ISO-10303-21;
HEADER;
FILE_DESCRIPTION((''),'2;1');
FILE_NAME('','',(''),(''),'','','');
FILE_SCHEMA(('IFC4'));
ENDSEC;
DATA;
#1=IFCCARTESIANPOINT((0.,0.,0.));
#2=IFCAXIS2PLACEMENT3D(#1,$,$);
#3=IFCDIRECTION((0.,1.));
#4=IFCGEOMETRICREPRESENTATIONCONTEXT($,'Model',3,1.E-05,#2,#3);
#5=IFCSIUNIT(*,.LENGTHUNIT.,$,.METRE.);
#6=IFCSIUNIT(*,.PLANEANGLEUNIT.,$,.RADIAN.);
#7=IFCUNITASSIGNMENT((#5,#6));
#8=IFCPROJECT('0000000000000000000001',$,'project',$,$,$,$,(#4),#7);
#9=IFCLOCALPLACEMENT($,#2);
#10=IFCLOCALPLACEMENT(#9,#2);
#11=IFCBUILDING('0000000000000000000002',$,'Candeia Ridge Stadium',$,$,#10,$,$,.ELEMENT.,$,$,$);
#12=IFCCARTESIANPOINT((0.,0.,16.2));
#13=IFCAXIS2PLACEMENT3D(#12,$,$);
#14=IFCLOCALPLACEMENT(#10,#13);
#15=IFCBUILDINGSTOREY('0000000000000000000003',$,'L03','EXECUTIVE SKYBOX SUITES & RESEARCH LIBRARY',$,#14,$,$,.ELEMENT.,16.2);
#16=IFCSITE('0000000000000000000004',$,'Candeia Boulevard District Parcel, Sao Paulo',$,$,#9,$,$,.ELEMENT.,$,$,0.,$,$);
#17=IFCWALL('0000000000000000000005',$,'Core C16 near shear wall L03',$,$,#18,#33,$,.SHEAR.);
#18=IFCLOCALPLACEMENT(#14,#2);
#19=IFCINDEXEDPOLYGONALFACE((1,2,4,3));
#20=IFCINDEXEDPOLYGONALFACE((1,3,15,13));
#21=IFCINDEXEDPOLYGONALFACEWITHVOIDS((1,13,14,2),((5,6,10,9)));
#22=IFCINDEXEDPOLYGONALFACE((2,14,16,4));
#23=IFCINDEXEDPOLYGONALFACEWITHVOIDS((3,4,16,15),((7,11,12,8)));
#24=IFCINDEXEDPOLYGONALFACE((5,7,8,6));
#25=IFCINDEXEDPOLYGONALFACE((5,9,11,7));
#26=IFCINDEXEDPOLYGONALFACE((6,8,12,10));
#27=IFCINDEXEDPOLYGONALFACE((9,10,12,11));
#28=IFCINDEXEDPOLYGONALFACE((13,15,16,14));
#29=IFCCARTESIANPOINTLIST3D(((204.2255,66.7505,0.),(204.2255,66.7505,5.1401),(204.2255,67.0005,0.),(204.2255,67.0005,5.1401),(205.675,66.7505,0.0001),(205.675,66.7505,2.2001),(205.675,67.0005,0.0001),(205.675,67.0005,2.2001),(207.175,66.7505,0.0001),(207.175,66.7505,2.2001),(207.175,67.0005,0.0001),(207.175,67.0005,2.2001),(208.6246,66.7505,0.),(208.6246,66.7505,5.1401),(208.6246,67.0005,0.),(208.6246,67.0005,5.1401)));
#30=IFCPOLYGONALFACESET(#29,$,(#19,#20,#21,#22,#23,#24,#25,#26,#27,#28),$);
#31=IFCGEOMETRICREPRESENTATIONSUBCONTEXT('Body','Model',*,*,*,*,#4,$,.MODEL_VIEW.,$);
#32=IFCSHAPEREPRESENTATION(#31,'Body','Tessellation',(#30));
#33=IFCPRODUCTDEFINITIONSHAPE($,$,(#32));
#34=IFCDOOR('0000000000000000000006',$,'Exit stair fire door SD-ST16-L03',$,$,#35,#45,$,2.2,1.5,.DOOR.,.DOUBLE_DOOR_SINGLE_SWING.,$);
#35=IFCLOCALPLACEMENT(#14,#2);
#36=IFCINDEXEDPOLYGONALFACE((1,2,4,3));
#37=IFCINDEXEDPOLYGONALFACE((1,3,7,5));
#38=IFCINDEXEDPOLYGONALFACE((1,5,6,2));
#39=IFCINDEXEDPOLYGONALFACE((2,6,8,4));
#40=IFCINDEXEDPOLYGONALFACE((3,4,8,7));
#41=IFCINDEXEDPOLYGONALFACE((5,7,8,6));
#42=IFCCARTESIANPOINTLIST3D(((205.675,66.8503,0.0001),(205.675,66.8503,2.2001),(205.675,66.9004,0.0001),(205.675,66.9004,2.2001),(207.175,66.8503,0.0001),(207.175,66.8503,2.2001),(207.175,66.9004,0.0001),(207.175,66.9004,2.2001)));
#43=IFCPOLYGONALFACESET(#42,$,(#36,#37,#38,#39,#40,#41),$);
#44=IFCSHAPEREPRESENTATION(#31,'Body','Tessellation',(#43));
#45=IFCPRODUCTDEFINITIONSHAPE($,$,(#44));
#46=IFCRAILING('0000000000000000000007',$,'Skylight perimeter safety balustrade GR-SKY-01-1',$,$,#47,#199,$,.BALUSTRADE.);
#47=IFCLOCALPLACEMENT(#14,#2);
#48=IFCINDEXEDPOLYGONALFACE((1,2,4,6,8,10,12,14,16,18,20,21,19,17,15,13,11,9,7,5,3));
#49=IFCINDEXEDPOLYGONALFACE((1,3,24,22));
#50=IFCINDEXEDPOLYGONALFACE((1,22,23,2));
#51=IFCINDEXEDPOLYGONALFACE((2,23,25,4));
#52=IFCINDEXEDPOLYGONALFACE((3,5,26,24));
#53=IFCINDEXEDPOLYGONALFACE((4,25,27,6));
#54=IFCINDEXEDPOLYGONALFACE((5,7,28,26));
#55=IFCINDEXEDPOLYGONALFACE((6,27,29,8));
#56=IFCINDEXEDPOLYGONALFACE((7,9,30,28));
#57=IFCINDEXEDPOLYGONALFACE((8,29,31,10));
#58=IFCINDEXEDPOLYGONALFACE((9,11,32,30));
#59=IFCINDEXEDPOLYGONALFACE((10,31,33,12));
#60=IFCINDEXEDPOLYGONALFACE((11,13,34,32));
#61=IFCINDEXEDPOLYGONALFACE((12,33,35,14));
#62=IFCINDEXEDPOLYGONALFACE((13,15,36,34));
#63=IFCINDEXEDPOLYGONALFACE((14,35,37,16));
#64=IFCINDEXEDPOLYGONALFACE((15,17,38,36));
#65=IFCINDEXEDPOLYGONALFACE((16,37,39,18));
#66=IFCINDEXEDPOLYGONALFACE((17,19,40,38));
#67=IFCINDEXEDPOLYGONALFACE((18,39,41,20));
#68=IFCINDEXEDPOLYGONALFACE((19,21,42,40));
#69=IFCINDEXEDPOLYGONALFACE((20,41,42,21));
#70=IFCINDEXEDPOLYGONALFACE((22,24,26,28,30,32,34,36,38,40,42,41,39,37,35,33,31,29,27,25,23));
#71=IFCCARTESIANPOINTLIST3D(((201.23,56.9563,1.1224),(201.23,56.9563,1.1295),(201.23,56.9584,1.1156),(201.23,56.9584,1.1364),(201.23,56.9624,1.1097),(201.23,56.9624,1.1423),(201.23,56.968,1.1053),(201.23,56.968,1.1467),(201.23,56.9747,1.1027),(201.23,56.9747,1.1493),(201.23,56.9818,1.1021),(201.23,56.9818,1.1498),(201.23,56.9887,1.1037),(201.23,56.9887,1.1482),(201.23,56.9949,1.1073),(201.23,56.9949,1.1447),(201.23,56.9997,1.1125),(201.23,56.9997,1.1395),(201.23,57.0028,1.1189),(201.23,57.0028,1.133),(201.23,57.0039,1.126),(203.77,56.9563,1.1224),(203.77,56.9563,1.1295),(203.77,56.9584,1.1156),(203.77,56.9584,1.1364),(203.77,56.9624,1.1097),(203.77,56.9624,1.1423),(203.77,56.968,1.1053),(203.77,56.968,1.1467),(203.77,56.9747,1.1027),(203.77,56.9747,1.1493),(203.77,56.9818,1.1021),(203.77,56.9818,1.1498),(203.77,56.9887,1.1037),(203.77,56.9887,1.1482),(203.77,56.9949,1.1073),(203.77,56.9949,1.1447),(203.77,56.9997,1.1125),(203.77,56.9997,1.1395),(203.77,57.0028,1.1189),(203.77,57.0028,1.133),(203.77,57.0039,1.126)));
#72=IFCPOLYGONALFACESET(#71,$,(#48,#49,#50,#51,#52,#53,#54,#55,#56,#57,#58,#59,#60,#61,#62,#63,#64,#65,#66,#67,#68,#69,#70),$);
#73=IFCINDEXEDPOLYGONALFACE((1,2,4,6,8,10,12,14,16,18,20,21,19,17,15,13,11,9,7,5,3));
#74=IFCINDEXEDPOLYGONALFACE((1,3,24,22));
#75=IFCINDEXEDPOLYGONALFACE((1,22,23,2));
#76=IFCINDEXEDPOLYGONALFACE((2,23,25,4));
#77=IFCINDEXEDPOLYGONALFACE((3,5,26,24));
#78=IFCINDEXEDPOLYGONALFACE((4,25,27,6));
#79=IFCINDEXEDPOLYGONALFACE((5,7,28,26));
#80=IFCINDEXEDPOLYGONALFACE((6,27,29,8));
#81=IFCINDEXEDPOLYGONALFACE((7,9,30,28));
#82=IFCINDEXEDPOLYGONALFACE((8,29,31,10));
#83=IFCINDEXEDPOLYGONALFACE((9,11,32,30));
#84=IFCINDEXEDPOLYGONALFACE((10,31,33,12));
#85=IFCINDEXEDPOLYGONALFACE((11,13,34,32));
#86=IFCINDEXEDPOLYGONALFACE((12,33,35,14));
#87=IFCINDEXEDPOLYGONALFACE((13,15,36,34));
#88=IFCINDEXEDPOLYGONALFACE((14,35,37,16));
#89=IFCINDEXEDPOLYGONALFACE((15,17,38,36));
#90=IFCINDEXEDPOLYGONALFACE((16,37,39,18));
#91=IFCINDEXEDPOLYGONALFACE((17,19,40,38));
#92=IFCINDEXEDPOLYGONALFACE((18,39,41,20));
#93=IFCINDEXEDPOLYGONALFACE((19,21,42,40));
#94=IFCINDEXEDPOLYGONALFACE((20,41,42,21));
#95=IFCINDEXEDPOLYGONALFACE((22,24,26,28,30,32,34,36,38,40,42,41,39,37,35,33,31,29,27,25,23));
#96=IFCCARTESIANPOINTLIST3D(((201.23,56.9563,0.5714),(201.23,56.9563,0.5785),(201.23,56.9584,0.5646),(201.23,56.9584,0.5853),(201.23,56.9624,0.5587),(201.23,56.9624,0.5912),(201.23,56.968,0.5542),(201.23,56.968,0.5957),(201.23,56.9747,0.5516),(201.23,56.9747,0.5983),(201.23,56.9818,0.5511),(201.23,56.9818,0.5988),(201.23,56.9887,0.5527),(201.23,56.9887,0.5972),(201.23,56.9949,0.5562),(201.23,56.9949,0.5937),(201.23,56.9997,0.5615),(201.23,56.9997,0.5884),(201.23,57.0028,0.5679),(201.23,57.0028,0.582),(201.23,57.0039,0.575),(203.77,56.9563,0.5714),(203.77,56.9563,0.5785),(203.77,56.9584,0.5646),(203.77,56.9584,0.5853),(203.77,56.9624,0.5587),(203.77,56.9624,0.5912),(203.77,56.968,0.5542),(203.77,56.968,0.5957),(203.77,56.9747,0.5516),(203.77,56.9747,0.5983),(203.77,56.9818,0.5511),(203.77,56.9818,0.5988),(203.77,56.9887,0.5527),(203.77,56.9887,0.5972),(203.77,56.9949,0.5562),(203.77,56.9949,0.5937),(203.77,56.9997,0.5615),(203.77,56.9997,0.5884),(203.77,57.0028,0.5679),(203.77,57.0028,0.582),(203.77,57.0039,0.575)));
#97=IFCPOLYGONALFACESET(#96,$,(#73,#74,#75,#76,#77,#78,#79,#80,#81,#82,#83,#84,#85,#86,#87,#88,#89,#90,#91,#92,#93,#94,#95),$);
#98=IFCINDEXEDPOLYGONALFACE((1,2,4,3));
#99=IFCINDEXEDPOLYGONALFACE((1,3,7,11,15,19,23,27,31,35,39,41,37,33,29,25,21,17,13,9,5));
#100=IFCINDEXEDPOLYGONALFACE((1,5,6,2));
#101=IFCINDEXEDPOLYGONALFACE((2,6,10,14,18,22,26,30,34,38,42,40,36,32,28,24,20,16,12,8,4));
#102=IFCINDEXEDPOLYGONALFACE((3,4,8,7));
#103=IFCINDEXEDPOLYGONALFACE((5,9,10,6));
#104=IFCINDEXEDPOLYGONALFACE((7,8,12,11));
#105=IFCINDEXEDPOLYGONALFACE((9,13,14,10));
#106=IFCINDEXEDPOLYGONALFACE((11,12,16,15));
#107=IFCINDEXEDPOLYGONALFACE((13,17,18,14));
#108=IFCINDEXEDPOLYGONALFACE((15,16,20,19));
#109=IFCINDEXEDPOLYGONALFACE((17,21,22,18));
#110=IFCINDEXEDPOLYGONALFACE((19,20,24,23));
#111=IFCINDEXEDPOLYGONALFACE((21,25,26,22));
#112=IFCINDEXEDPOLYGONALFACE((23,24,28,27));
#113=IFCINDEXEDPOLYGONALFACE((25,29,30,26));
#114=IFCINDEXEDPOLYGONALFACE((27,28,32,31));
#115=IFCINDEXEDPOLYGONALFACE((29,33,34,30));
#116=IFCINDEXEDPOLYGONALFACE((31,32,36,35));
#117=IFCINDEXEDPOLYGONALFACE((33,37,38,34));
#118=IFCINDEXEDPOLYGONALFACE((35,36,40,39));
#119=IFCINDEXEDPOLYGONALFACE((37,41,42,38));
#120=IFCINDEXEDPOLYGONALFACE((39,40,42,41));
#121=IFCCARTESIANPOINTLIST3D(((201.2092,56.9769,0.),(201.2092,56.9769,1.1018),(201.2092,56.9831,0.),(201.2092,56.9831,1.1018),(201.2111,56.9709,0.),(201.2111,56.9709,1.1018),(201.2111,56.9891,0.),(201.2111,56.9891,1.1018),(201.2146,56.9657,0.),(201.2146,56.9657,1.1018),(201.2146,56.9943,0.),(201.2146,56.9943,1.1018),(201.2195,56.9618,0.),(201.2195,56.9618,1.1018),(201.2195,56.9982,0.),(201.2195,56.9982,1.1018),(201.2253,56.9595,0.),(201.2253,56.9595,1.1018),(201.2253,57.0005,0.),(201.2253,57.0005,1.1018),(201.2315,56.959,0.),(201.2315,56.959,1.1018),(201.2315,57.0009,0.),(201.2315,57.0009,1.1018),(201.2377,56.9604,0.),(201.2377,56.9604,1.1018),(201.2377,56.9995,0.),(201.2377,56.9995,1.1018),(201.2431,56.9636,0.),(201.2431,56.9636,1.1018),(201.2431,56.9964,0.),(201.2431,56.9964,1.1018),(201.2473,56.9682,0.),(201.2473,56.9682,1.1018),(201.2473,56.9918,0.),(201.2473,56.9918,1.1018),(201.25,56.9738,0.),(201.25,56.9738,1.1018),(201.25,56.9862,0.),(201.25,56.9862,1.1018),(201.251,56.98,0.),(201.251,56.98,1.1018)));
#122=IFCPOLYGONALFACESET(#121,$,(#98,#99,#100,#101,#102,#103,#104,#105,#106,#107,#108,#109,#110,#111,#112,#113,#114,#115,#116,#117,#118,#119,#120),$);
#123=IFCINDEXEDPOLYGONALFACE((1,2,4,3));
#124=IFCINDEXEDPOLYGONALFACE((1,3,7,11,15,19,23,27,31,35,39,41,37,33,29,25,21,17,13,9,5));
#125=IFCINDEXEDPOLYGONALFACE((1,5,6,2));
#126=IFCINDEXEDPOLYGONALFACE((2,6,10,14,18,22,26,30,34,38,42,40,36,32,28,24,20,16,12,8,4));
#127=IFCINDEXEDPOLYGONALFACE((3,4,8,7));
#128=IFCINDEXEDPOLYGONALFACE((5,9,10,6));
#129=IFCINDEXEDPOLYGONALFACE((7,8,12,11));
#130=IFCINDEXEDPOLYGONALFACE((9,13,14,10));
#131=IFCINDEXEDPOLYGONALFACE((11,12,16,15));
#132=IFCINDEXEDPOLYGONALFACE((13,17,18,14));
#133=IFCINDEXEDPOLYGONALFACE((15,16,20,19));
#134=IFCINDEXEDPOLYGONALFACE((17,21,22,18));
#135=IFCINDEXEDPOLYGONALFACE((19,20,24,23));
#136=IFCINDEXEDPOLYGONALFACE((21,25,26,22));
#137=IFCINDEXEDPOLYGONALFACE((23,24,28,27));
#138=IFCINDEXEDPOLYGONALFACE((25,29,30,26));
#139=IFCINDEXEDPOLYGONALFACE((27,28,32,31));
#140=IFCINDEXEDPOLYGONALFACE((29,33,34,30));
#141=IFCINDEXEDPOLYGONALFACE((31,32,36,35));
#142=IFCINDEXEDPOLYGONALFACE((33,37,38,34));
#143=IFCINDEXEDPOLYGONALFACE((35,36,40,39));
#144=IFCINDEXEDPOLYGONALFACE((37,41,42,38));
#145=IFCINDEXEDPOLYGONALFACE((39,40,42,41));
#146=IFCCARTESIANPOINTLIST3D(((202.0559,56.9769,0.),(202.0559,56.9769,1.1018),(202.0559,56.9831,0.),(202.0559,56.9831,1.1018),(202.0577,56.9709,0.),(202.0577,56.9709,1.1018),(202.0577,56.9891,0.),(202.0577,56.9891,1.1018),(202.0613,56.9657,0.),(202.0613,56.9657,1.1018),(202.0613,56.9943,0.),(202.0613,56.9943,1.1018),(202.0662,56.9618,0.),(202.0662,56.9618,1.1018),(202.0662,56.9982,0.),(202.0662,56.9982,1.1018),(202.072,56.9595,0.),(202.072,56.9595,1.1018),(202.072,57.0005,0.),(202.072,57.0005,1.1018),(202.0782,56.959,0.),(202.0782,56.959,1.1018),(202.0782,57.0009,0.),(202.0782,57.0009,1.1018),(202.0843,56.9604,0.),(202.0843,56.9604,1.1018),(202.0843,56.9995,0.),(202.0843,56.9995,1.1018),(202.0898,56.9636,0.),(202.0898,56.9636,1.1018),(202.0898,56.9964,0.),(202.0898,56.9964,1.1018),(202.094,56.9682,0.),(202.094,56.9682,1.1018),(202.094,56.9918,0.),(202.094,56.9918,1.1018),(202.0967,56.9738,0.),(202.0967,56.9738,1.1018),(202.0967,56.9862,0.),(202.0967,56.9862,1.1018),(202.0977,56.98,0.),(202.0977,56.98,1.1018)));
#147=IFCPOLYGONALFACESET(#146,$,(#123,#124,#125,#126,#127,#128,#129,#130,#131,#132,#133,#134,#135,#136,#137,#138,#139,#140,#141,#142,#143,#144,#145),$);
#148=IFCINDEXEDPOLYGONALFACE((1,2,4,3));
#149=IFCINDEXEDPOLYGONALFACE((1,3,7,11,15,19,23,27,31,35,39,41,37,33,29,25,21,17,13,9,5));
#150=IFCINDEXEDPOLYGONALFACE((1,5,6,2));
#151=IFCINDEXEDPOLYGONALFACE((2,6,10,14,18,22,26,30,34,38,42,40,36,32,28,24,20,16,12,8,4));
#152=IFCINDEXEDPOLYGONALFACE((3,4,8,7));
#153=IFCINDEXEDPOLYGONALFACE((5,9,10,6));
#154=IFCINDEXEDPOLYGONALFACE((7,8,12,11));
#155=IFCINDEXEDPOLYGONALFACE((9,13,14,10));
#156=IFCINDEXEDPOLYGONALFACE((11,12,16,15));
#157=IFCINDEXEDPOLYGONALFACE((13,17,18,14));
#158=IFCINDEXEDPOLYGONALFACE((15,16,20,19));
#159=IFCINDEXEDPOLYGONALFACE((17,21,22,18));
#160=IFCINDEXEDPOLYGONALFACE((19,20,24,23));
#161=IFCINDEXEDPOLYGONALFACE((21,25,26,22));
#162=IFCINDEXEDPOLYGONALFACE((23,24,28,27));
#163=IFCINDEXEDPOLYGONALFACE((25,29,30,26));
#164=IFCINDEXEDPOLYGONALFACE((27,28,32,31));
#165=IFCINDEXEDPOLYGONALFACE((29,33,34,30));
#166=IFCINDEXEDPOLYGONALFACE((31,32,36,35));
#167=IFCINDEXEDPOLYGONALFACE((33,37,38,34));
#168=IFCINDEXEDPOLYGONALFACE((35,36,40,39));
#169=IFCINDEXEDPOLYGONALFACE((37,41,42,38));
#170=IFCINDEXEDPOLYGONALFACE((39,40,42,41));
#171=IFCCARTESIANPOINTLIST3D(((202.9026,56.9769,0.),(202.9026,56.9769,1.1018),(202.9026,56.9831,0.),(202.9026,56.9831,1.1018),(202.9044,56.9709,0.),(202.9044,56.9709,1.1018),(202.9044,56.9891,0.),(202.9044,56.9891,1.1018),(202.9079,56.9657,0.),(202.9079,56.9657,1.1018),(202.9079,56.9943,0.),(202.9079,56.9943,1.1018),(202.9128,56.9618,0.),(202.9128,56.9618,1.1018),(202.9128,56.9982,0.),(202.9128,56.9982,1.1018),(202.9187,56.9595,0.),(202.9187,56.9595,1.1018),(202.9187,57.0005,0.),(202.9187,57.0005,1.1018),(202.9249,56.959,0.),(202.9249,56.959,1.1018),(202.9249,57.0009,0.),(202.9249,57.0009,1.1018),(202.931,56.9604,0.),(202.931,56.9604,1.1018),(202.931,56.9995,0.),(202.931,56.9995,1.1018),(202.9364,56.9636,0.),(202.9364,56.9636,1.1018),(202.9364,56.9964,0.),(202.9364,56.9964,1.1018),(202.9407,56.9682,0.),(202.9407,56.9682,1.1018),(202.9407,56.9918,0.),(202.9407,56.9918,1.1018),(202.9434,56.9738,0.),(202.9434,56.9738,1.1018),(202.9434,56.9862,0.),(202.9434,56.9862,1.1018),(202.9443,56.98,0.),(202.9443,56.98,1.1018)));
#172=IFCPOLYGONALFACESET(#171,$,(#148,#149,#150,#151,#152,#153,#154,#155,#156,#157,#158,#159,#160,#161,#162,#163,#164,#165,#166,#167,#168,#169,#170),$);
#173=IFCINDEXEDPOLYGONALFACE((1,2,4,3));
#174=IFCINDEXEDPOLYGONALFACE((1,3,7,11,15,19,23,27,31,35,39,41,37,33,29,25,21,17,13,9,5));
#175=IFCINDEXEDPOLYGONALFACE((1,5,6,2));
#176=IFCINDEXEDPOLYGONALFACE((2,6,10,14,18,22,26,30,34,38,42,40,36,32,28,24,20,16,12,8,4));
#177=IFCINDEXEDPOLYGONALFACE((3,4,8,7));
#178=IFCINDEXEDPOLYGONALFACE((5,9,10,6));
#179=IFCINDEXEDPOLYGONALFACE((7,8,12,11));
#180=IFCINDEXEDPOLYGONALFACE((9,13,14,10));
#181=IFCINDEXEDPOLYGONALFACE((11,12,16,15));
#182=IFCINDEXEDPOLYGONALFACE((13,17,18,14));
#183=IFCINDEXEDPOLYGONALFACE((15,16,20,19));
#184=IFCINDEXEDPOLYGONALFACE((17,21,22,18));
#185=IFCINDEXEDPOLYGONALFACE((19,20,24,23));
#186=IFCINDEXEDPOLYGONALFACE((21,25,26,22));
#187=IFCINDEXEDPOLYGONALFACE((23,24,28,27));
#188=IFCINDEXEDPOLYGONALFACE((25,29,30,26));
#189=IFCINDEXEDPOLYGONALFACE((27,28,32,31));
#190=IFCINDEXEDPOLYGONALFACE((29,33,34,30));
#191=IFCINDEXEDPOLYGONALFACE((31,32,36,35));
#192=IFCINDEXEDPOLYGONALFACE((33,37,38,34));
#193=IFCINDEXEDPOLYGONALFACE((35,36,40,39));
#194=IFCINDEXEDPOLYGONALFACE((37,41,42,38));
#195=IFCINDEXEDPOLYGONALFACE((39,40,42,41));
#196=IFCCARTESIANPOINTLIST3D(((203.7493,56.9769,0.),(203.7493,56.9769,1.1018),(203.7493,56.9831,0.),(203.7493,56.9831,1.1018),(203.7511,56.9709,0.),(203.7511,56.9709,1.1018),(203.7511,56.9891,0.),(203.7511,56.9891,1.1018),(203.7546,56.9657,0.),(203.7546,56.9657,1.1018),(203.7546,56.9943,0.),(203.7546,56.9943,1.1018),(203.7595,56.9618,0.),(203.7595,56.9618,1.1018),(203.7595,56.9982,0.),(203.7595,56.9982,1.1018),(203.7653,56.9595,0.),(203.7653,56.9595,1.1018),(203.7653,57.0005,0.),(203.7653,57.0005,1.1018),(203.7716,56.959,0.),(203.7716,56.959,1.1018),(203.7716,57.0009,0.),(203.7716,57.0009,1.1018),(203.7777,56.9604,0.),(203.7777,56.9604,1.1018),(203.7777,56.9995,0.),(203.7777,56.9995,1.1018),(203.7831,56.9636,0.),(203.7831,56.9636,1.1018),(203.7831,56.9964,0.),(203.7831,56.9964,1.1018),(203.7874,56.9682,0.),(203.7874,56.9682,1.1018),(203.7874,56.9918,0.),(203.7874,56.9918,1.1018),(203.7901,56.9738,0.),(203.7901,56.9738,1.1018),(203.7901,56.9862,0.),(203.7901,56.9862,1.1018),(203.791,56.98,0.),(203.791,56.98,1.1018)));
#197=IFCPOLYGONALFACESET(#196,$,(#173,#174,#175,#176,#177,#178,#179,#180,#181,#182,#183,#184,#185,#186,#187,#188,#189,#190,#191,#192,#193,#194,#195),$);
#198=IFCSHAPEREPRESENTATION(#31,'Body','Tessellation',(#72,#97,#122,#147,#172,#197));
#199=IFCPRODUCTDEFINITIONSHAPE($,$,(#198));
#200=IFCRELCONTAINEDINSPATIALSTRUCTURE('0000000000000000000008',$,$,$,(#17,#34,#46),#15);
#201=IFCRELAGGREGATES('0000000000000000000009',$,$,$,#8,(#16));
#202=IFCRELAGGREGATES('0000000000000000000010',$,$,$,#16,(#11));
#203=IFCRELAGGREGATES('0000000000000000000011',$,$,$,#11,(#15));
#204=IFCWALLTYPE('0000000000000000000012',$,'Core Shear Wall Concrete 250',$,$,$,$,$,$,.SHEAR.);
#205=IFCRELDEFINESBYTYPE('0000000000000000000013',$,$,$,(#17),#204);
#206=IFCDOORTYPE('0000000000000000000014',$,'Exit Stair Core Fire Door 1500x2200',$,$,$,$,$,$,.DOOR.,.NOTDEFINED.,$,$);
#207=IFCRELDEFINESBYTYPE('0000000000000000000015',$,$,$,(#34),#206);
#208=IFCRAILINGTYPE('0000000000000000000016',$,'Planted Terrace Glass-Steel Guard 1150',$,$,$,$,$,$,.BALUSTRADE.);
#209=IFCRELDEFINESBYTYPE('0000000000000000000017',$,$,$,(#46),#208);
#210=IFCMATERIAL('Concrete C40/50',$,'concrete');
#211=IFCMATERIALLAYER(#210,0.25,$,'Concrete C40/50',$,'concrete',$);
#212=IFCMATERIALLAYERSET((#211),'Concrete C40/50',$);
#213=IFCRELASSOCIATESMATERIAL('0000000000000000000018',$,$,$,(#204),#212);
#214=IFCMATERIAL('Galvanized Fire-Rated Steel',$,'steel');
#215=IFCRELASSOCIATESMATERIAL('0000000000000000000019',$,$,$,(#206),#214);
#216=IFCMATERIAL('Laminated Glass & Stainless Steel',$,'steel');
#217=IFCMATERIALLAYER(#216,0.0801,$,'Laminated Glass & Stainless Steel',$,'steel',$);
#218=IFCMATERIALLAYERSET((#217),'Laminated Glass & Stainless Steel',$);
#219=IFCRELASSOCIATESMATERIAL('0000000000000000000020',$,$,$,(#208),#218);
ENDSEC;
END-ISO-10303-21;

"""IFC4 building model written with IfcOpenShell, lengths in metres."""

from ifc_helpers import new_model, si_unit, direction, frame, frame_2d, origin, origin_2d, place, context, subcontext, project, spatial, rectangle, circle, extrude, material, layer, layer_set, type_object, element, fill, save


model = new_model("IFC4")

# Units and contexts
model_context = context("Model", 3, precision=1e-05, world=origin(), true_north=direction((0.0, 1.0)))
body_context = subcontext(model_context, "Body", "Model", "MODEL_VIEW")
ifc_project = project(units=[si_unit("LENGTHUNIT", "METRE"), si_unit("PLANEANGLEUNIT", "RADIAN")], contexts=[model_context])

# Site, building, storey
site_placement = place(None, origin())
site = spatial("IfcSite", under=ifc_project, at=site_placement, Name="Candeia Boulevard District Parcel, Sao Paulo", CompositionType="ELEMENT", RefElevation=0.0)
building_placement = place(site_placement, origin())
building = spatial("IfcBuilding", under=site, at=building_placement, Name="Candeia Ridge Stadium", CompositionType="ELEMENT")
storey_placement = place(building_placement, frame((0.0, 0.0, 16.2)))
storey = spatial("IfcBuildingStorey", under=building, at=storey_placement, Name="L03", Description="EXECUTIVE SKYBOX SUITES & RESEARCH LIBRARY", CompositionType="ELEMENT", Elevation=16.2)

# Shared definitions
ifc_material_1 = material(Name="Concrete C40/50", Category="concrete")

# Wall, opening, door
ifc_layer_1 = layer(ifc_material_1, 0.25, Name="Concrete C40/50", Category="concrete")
ifc_layer_set_1 = layer_set([ifc_layer_1], Name="Concrete C40/50")
wall_type = type_object("IfcWallType", Name="Core Shear Wall Concrete 250", PredefinedType="SHEAR", material=ifc_layer_set_1)
wall_placement = place(storey_placement, frame((204.2253, 66.8755, 0.0), z_axis=(0.0, 0.0, 1.0), x_axis=(1.0, 0.0, 0.0)))
wall = element("IfcWall", 1, at=wall_placement, inside=storey, type_object=wall_type, Name="Core C16 near shear wall L03", PredefinedType="SHEAR", context=body_context, shape_type="SweptSolid", body=[
    extrude(rectangle(XDim=4.3992, YDim=0.25, at=frame_2d((2.1997, 0.0))), origin(), (0.0, 0.0, 1.0), 5.1401),
])
opening_placement = place(wall_placement, frame((1.4497, 0.0, 0.0)))
opening = element("IfcOpeningElement", 2, at=opening_placement, cuts=wall, PredefinedType="OPENING", context=body_context, shape_type="SweptSolid", body=[
    extrude(rectangle(XDim=1.5, YDim=2.2, at=frame_2d((0.75, 1.1001))), frame((0.0, 0.135, 0.0), z_axis=(0.0, -1.0, 0.0), x_axis=(1.0, 0.0, 0.0)), (0.0, 0.0, 1.0), 0.27),
])
ifc_material_2 = material(Name="Galvanized Fire-Rated Steel", Category="steel")
door_type = type_object("IfcDoorType", Name="Exit Stair Core Fire Door 1500x2200", OperationType="NOTDEFINED", PredefinedType="DOOR", material=ifc_material_2)
door_placement = place(opening_placement, origin())
door = element("IfcDoor", 3, at=door_placement, inside=storey, type_object=door_type, Name="Exit stair fire door SD-ST16-L03", OperationType="DOUBLE_DOOR_SINGLE_SWING", OverallHeight=2.2, OverallWidth=1.5, PredefinedType="DOOR", context=body_context, shape_type="SweptSolid", body=[
    extrude(rectangle(XDim=1.5, YDim=2.2, at=frame_2d((0.75, 1.1001))), frame((0.0, 0.0249, 0.0), z_axis=(0.0, -1.0, 0.0), x_axis=(1.0, 0.0, 0.0)), (0.0, 0.0, 1.0), 0.05),
])
fill(opening, door)

# Railing
ifc_material_3 = material(Name="Laminated Glass & Stainless Steel", Category="steel")
ifc_layer_2 = layer(ifc_material_3, 0.0801, Name="Laminated Glass & Stainless Steel", Category="steel")
ifc_layer_set_2 = layer_set([ifc_layer_2], Name="Laminated Glass & Stainless Steel")
railing_type = type_object("IfcRailingType", Name="Planted Terrace Glass-Steel Guard 1150", PredefinedType="BALUSTRADE", material=ifc_layer_set_2)
railing_1_placement = place(storey_placement, frame((201.23, 56.98, 0.0)))
element("IfcRailing", 4, at=railing_1_placement, inside=storey, type_object=railing_type, Name="Skylight perimeter safety balustrade GR-SKY-01-1", PredefinedType="BALUSTRADE", context=body_context, shape_type="SweptSolid", body=[
    extrude(circle(Radius=0.0239, at=origin_2d()), frame((0.0, 0.0, 1.126), z_axis=(1.0, 0.0, 0.0), x_axis=(0.0, 1.0, 0.0)), (0.0, 0.0, 1.0), 2.54),
    extrude(circle(Radius=0.0239, at=origin_2d()), frame((0.0, 0.0, 0.575), z_axis=(1.0, 0.0, 0.0), x_axis=(0.0, 1.0, 0.0)), (0.0, 0.0, 1.0), 2.54),
    extrude(circle(Radius=0.021, at=origin_2d()), origin(), (0.0, 0.0, 1.0), 1.1018),
    extrude(circle(Radius=0.021, at=origin_2d()), frame((0.8467, 0.0, 0.0)), (0.0, 0.0, 1.0), 1.1018),
    extrude(circle(Radius=0.021, at=origin_2d()), frame((1.6934, 0.0, 0.0)), (0.0, 0.0, 1.0), 1.1018),
    extrude(circle(Radius=0.021, at=origin_2d()), frame((2.54, 0.0, 0.0)), (0.0, 0.0, 1.0), 1.1018),
])

save(model, "model.ifc")
